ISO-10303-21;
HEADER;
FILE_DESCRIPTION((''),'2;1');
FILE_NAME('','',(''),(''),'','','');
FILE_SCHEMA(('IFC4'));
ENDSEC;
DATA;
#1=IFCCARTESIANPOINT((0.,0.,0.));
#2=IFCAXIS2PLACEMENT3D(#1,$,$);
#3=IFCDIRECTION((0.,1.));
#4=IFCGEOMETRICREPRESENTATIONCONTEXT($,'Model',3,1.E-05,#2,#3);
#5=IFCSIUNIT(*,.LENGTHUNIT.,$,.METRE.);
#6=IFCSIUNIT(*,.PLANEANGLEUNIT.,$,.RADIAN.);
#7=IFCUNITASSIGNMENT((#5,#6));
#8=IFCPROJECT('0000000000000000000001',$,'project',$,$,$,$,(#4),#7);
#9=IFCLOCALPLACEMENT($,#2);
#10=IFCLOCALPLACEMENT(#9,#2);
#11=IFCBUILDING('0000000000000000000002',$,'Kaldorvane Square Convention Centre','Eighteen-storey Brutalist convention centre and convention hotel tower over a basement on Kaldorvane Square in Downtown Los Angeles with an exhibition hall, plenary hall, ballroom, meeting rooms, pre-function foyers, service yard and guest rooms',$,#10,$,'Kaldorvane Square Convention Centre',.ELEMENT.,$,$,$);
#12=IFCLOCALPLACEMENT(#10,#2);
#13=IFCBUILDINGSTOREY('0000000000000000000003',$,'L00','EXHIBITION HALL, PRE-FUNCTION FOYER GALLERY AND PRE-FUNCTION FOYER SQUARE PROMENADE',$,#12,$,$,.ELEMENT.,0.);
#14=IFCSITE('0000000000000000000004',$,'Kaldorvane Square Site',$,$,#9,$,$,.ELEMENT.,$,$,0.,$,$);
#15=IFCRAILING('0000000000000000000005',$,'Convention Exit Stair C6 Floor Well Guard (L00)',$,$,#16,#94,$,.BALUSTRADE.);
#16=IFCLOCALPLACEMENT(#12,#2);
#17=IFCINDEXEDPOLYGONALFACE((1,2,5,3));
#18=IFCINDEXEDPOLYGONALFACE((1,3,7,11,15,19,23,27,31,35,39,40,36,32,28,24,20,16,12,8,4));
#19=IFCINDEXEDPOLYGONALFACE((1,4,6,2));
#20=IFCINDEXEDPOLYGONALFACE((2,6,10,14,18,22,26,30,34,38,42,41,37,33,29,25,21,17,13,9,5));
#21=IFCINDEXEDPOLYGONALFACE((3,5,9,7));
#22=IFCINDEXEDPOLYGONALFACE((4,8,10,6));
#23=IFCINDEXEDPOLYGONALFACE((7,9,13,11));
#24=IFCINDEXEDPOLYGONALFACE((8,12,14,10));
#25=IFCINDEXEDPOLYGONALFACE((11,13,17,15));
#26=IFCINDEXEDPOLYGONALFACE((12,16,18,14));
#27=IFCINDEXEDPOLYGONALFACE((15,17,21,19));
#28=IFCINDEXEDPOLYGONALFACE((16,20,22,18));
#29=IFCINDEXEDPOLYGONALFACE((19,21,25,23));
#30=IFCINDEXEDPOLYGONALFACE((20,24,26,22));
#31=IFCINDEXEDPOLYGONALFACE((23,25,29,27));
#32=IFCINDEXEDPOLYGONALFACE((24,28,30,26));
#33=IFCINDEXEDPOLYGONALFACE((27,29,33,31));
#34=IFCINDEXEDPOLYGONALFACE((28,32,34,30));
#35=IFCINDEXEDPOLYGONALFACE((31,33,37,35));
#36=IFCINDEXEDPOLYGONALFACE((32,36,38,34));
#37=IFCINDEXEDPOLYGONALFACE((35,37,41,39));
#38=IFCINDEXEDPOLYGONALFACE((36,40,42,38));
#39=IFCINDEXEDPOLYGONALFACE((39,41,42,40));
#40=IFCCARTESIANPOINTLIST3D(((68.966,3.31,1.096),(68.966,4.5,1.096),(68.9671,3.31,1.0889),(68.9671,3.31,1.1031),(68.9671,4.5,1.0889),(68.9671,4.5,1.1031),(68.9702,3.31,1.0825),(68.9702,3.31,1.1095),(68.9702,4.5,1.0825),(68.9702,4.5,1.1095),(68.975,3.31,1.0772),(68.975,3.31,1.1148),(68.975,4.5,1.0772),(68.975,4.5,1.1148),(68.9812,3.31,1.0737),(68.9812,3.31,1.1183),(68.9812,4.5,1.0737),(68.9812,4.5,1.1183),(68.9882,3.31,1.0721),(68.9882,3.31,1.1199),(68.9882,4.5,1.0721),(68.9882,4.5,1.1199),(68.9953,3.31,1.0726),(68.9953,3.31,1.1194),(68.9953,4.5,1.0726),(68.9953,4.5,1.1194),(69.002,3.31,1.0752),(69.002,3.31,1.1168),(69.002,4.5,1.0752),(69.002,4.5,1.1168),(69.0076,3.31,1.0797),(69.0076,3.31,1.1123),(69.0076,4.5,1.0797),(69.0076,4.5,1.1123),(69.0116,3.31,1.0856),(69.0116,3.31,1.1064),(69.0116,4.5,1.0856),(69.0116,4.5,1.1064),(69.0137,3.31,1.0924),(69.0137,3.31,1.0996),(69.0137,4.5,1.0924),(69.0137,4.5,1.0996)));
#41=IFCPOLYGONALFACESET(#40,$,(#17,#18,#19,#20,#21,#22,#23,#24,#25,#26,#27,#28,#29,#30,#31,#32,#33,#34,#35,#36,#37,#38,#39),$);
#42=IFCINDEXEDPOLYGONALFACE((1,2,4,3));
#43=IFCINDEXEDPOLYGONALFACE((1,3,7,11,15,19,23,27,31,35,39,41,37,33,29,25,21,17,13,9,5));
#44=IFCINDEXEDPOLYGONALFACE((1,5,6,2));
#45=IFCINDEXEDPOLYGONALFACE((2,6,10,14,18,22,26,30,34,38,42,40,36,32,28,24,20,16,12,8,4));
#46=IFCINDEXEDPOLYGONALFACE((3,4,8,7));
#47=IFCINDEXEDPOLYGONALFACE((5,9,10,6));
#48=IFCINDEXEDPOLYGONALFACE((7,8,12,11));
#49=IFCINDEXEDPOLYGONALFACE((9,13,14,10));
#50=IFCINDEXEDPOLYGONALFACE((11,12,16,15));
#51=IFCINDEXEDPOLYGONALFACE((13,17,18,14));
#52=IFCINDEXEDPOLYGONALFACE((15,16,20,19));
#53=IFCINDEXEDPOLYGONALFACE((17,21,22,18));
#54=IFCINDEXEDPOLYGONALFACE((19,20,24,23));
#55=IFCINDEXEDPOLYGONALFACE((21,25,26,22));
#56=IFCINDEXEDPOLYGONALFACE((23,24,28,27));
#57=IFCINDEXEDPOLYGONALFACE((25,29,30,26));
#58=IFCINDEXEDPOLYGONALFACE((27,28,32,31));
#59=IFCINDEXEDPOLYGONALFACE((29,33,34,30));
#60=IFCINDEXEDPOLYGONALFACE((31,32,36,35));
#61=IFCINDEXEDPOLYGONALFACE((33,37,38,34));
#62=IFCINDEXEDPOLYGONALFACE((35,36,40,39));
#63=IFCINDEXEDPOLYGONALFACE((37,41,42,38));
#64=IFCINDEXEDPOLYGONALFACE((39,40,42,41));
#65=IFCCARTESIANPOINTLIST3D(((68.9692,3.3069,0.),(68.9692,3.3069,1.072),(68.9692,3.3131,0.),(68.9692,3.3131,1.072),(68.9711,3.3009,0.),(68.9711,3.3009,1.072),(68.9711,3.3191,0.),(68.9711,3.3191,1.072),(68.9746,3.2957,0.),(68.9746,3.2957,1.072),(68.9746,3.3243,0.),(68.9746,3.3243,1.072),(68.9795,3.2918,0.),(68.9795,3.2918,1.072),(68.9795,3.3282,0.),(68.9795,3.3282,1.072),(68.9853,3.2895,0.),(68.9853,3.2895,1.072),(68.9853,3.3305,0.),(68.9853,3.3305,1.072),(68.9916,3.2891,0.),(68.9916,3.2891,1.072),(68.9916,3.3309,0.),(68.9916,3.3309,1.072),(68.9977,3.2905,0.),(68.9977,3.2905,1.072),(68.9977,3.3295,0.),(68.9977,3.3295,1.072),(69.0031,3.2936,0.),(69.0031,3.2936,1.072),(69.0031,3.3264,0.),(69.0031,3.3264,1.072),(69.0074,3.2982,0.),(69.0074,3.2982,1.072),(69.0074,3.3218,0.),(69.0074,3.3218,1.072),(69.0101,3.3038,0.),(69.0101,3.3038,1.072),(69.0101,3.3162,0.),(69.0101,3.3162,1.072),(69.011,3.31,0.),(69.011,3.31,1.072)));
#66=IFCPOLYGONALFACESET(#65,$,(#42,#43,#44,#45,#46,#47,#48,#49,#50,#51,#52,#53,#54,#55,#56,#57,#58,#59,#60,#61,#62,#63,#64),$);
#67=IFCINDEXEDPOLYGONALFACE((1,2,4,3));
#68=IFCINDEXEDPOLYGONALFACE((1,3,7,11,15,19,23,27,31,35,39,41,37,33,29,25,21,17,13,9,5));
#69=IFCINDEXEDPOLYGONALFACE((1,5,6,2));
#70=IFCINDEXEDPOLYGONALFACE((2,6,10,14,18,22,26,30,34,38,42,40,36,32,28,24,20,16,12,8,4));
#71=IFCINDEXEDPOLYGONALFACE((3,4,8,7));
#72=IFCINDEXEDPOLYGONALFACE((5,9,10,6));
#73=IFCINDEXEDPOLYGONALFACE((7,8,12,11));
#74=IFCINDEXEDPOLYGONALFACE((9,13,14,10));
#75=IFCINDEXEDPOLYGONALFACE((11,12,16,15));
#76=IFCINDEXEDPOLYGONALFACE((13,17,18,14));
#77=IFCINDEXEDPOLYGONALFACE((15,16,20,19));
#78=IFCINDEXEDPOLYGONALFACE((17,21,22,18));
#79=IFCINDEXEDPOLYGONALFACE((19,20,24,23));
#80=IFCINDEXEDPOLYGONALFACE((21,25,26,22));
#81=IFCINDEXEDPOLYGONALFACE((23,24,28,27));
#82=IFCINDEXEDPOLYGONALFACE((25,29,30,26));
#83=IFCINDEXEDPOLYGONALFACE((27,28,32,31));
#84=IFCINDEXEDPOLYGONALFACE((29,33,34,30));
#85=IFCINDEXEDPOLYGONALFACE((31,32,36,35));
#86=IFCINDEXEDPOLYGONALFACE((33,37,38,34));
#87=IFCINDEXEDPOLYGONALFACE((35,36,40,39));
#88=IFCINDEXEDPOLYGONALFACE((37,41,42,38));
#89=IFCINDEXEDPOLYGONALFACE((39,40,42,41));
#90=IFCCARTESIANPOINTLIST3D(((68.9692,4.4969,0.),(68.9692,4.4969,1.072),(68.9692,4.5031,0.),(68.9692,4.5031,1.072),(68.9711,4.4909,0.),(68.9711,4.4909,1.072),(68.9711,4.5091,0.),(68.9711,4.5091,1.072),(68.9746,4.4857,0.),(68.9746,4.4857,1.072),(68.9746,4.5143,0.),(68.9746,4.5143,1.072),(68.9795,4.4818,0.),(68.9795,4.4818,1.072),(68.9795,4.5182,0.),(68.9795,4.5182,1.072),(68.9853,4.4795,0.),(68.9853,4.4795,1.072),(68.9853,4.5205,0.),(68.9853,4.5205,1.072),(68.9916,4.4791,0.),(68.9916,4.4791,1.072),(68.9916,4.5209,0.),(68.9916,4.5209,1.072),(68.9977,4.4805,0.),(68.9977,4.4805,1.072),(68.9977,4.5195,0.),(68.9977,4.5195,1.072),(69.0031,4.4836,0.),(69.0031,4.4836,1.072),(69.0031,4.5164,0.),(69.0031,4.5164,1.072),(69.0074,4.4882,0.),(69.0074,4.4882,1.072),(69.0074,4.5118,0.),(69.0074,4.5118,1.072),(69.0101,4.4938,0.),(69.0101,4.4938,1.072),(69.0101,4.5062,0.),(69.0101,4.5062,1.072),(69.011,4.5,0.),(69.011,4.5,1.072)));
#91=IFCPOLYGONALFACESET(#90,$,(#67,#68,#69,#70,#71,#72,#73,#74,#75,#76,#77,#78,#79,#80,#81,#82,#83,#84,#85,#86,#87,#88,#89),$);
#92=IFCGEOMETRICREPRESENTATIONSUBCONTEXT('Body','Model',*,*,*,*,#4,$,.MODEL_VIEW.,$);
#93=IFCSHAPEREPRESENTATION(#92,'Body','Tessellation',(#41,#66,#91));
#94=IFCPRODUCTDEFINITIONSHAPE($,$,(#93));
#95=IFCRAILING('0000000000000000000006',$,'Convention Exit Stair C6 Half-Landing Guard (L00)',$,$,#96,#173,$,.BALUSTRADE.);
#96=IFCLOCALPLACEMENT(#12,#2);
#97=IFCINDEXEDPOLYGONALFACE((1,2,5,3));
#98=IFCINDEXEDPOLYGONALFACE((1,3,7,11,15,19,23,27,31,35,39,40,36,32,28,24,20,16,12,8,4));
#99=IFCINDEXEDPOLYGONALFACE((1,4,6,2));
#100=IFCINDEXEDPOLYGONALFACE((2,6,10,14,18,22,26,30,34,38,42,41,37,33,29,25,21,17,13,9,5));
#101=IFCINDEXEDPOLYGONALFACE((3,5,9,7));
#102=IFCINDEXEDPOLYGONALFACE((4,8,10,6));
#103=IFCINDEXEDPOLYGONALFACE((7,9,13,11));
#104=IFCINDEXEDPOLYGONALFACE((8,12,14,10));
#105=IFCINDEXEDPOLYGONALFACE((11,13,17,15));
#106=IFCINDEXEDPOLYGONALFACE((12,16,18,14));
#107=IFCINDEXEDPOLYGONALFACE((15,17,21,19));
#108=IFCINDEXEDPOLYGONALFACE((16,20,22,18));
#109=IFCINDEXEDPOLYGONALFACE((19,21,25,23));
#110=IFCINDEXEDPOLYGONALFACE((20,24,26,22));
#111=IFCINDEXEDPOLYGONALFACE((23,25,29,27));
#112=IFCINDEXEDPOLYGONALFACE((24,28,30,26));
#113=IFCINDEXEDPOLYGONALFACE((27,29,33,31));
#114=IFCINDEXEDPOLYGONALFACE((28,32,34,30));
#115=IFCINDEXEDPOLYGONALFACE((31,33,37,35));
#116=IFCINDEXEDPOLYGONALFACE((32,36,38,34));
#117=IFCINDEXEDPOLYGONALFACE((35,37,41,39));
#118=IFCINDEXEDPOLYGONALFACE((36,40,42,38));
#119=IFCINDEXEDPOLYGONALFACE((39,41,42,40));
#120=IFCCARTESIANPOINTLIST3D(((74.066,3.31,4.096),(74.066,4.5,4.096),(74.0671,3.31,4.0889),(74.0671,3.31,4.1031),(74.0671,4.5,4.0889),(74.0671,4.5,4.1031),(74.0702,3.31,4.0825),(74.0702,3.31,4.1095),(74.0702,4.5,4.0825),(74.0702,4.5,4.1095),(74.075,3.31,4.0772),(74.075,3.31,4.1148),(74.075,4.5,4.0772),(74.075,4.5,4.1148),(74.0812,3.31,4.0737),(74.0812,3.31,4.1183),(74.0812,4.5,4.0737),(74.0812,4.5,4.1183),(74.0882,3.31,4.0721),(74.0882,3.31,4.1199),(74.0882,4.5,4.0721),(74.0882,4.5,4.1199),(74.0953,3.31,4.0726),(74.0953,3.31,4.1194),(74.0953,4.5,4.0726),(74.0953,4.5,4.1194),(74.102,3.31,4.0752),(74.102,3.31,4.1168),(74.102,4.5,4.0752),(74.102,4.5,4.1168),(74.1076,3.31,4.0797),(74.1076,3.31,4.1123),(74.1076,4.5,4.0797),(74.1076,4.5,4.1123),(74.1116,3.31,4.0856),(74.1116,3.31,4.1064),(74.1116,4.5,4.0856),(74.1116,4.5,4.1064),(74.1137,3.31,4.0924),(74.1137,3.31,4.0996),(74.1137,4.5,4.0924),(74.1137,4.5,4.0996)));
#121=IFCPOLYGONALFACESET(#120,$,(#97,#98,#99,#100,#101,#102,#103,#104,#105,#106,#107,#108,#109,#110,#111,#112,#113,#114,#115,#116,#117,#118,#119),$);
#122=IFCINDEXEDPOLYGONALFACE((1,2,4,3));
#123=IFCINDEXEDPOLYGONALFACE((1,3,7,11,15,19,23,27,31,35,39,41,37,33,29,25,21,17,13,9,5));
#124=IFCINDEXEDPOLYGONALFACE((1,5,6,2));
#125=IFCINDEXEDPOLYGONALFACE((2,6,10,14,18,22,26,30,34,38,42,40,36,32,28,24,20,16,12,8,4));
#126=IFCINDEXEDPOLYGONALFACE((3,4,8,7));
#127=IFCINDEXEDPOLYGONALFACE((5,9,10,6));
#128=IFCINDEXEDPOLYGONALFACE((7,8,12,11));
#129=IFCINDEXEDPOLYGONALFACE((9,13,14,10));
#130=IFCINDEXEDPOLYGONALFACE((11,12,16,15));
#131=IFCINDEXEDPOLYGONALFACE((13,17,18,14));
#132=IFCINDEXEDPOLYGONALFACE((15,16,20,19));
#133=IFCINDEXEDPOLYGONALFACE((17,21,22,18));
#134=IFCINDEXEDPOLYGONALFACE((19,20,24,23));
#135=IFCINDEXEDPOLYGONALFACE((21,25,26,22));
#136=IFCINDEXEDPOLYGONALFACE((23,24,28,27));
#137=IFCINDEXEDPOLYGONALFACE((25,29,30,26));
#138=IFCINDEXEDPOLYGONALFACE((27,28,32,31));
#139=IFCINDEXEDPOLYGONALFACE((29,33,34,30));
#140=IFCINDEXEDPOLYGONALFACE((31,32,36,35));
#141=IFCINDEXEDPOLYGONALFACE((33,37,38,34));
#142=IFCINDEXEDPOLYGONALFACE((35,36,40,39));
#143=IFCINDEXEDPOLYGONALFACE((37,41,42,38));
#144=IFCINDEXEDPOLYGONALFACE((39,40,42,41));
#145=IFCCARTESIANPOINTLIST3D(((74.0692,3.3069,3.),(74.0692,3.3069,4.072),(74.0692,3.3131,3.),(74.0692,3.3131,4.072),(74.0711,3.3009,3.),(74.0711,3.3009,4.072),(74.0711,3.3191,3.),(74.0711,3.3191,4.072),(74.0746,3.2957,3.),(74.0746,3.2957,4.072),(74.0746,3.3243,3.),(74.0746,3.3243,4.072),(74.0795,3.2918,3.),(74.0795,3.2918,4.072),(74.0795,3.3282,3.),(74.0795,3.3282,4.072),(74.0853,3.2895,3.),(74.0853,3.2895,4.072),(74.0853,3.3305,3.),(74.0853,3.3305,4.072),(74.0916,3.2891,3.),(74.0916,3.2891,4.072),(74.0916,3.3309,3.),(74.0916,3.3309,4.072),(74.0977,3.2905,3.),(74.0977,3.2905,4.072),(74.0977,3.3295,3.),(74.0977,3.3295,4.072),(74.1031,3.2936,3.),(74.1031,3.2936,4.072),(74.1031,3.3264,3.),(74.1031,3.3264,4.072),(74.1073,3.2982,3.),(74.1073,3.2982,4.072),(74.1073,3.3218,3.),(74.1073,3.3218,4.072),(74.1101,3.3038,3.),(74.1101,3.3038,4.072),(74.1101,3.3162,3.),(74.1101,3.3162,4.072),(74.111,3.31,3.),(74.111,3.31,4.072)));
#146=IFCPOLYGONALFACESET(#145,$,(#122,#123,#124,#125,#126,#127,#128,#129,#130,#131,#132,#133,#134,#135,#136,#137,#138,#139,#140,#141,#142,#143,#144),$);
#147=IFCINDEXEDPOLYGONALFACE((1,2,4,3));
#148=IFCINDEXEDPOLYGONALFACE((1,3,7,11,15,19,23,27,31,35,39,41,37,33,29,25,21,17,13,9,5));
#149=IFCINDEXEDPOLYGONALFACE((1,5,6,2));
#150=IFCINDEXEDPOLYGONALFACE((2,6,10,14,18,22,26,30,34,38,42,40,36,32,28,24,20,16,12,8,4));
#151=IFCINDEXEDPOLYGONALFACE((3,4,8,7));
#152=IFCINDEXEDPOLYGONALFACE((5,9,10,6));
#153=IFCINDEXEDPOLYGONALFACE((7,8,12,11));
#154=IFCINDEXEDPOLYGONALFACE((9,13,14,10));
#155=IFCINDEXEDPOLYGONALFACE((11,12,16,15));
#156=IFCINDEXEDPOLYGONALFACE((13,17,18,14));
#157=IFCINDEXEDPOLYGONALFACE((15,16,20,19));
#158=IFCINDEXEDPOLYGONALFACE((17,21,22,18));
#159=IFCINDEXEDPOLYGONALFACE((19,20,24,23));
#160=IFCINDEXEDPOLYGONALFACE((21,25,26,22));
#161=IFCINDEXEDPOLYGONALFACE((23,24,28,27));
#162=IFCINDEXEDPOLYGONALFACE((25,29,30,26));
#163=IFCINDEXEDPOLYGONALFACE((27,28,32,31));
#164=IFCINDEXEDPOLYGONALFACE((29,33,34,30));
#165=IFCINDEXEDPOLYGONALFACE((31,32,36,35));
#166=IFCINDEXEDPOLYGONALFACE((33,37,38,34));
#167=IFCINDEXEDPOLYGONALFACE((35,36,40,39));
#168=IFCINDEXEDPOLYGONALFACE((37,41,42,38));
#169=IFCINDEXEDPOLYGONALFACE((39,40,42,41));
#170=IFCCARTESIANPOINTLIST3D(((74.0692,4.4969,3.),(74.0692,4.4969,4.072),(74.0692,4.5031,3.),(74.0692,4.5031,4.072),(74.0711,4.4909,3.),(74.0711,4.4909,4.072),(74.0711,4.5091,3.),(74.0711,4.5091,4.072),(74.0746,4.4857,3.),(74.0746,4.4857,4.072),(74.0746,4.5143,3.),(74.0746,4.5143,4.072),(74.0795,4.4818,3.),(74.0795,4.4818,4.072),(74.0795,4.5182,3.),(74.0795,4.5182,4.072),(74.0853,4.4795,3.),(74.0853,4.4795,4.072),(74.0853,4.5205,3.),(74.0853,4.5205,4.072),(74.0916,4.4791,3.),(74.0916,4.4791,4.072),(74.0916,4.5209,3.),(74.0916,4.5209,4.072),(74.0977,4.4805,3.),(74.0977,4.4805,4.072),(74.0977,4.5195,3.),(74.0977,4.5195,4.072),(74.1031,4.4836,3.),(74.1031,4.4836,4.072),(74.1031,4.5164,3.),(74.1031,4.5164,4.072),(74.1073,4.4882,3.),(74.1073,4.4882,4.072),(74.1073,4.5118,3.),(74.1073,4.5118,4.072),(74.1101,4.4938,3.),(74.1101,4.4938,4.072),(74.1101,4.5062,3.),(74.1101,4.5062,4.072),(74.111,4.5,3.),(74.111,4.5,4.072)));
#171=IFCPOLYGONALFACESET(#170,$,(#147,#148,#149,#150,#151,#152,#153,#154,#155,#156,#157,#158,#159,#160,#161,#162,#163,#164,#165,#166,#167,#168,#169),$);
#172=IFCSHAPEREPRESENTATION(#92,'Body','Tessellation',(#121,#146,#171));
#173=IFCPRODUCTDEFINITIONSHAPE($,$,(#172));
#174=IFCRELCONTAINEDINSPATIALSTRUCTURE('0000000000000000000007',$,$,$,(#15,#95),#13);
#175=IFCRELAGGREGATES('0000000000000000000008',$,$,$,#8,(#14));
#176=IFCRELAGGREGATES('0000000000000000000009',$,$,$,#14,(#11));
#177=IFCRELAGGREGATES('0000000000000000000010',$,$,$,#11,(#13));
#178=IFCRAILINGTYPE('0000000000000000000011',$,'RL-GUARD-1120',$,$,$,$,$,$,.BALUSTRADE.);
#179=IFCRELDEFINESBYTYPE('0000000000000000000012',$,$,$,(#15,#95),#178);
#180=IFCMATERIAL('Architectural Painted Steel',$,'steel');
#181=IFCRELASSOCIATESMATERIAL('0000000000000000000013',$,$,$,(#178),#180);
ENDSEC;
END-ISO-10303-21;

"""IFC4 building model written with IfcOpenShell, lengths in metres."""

from ifc_helpers import new_model, si_unit, direction, frame, origin, origin_2d, place, context, subcontext, project, spatial, circle, extrude, material, type_object, element, save


model = new_model("IFC4")

# Units and contexts
model_context = context("Model", 3, precision=1e-05, world=origin(), true_north=direction((0.0, 1.0)))
body_context = subcontext(model_context, "Body", "Model", "MODEL_VIEW")
ifc_project = project(units=[si_unit("LENGTHUNIT", "METRE"), si_unit("PLANEANGLEUNIT", "RADIAN")], contexts=[model_context])

# Site, building, storey
site_placement = place(None, origin())
site = spatial("IfcSite", under=ifc_project, at=site_placement, Name="Kaldorvane Square Site", CompositionType="ELEMENT", RefElevation=0.0)
building_placement = place(site_placement, origin())
building = spatial("IfcBuilding", under=site, at=building_placement, Name="Kaldorvane Square Convention Centre", Description="Eighteen-storey Brutalist convention centre and convention hotel tower over a basement on Kaldorvane Square in Downtown Los Angeles with an exhibition hall, plenary hall, ballroom, meeting rooms, pre-function foyers, service yard and guest rooms", LongName="Kaldorvane Square Convention Centre", CompositionType="ELEMENT")
storey_placement = place(building_placement, origin())
storey = spatial("IfcBuildingStorey", under=building, at=storey_placement, Name="L00", Description="EXHIBITION HALL, PRE-FUNCTION FOYER GALLERY AND PRE-FUNCTION FOYER SQUARE PROMENADE", CompositionType="ELEMENT", Elevation=0.0)

# Railings
ifc_material_1 = material(Name="Architectural Painted Steel", Category="steel")
railing_type_1 = type_object("IfcRailingType", Name="RL-GUARD-1120", PredefinedType="BALUSTRADE", material=ifc_material_1)
for number, where, name in (
    (1, (68.99, 3.31, 0.0), "Convention Exit Stair C6 Floor Well Guard (L00)"),
    (2, (74.09, 3.31, 3.0), "Convention Exit Stair C6 Half-Landing Guard (L00)"),
):
    element("IfcRailing", number, at=place(storey_placement, frame(where)), inside=storey, type_object=railing_type_1, Name=name, PredefinedType="BALUSTRADE", context=body_context, shape_type="SweptSolid", body=[
        extrude(circle(Radius=0.024, at=origin_2d()), frame((0.0, 0.0, 1.096), z_axis=(0.0, 1.0, 0.0), x_axis=(-1.0, 0.0, 0.0)), (0.0, 0.0, 1.0), 1.19),
        extrude(circle(Radius=0.021, at=origin_2d()), origin(), (0.0, 0.0, 1.0), 1.072),
        extrude(circle(Radius=0.021, at=origin_2d()), frame((0.0, 1.19, 0.0)), (0.0, 0.0, 1.0), 1.072),
    ])

save(model, "model.ifc")
